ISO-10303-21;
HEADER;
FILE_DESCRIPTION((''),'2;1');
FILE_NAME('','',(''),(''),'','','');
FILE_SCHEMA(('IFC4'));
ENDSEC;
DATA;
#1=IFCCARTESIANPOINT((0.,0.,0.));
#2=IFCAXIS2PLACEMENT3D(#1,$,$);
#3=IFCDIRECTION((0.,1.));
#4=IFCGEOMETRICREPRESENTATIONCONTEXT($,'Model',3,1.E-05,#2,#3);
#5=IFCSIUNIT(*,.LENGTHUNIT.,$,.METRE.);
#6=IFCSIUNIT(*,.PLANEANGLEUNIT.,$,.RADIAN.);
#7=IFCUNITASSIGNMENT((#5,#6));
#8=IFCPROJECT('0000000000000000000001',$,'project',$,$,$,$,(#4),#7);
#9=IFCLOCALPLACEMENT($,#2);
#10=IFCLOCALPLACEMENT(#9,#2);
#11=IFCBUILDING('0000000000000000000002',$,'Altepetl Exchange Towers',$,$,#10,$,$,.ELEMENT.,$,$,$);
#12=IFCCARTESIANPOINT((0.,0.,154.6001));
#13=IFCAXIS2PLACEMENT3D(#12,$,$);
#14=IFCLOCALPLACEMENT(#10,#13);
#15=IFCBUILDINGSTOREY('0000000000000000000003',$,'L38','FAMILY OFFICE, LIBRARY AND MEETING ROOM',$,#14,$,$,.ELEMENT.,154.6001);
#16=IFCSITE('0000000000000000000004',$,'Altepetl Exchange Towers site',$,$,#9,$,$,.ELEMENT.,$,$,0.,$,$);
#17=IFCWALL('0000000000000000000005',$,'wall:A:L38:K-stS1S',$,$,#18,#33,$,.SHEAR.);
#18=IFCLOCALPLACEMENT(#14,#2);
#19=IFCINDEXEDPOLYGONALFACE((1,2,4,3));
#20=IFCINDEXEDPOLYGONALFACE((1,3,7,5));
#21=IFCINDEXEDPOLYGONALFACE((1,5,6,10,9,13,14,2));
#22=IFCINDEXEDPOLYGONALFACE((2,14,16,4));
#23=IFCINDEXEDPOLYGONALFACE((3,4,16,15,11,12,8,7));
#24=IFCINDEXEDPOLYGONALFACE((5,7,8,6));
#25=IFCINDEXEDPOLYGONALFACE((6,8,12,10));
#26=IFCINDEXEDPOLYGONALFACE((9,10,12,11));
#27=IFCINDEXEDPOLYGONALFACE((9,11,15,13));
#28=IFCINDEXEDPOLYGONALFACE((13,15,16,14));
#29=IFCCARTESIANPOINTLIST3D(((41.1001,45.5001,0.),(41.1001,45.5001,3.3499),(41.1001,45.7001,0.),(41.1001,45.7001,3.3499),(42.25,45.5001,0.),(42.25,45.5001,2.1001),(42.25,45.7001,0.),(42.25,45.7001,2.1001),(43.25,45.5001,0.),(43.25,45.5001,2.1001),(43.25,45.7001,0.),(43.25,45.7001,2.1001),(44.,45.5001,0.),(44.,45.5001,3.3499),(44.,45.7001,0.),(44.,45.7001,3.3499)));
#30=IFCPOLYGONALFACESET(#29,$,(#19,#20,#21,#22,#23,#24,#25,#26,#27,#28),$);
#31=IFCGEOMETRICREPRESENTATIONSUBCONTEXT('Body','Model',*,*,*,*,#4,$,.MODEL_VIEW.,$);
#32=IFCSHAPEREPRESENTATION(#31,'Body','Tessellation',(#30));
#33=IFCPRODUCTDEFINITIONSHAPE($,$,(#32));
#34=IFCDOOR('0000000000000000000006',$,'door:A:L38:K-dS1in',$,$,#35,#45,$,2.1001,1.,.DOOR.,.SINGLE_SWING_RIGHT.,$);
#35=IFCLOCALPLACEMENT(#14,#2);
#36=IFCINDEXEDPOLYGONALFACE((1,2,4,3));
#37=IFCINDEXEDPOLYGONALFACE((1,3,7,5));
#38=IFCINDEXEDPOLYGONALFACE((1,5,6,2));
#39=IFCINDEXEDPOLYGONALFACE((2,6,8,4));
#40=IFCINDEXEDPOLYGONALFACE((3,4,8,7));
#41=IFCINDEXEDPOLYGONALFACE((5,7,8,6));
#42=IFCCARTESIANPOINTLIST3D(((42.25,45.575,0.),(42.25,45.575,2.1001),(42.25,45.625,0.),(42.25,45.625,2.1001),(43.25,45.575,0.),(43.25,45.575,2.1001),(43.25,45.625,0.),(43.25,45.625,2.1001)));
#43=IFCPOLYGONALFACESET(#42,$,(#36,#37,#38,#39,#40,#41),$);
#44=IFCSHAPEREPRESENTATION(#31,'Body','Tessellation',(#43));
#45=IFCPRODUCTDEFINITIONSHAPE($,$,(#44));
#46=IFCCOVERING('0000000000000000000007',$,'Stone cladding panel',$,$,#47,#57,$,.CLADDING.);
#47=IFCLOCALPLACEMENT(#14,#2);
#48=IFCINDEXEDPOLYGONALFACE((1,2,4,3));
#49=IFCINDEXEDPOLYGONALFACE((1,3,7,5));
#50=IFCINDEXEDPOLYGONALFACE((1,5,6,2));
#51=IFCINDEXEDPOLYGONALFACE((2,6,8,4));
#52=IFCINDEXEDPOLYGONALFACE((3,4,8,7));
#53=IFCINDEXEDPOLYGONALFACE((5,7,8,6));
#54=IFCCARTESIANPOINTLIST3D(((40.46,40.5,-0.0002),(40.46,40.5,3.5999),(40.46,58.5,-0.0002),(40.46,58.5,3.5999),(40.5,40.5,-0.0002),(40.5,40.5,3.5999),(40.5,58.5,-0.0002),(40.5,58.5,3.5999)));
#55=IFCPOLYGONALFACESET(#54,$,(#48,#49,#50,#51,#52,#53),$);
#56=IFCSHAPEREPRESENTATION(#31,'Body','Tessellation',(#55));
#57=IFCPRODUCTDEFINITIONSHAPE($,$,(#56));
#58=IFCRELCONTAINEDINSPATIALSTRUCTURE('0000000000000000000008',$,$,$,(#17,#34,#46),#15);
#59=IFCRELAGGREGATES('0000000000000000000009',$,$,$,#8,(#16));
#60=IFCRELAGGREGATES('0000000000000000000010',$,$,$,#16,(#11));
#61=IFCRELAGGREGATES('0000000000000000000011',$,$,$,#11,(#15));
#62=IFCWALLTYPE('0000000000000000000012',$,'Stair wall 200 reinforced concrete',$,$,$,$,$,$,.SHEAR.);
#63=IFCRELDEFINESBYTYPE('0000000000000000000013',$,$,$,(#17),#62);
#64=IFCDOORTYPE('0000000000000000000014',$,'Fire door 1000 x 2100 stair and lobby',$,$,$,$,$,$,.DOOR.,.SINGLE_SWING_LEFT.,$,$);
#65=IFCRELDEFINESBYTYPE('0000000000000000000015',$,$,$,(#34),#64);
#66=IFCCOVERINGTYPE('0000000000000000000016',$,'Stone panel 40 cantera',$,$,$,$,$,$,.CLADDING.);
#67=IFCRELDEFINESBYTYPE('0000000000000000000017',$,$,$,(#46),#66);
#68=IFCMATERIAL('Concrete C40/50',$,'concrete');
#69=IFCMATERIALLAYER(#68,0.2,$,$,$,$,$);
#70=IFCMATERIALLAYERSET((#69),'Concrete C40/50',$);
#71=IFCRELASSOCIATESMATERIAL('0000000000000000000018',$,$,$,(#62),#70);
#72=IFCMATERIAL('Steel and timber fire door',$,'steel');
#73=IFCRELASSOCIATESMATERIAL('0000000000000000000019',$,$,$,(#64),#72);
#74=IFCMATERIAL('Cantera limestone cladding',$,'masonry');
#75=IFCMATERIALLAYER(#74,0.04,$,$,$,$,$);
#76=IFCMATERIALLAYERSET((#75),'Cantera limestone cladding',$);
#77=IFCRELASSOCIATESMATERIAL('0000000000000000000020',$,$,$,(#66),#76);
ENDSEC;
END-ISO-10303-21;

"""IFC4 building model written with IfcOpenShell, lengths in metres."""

from ifc_helpers import new_model, si_unit, direction, frame, frame_2d, origin, origin_2d, place, context, subcontext, project, spatial, rectangle, extrude, material, layer, layer_set, type_object, element, fill, save


model = new_model("IFC4")

# Units and contexts
model_context = context("Model", 3, precision=1e-05, world=origin(), true_north=direction((0.0, 1.0)))
body_context = subcontext(model_context, "Body", "Model", "MODEL_VIEW")
ifc_project = project(units=[si_unit("LENGTHUNIT", "METRE"), si_unit("PLANEANGLEUNIT", "RADIAN")], contexts=[model_context])

# Site, building, storey
site_placement = place(None, origin())
site = spatial("IfcSite", under=ifc_project, at=site_placement, Name="Altepetl Exchange Towers site", CompositionType="ELEMENT", RefElevation=0.0)
building_placement = place(site_placement, origin())
building = spatial("IfcBuilding", under=site, at=building_placement, Name="Altepetl Exchange Towers", CompositionType="ELEMENT")
storey_placement = place(building_placement, frame((0.0, 0.0, 154.6001)))
storey = spatial("IfcBuildingStorey", under=building, at=storey_placement, Name="L38", Description="FAMILY OFFICE, LIBRARY AND MEETING ROOM", CompositionType="ELEMENT", Elevation=154.6001)

# Shared definitions
ifc_material_1 = material(Name="Concrete C40/50", Category="concrete")
ifc_material_2 = material(Name="Steel and timber fire door", Category="steel")

# Shared definitions
ifc_layer_1 = layer(ifc_material_1, 0.2)
ifc_layer_set_1 = layer_set([ifc_layer_1], Name="Concrete C40/50")
wall_type_1 = type_object("IfcWallType", Name="Stair wall 200 reinforced concrete", PredefinedType="SHEAR", material=ifc_layer_set_1)

# Wall, opening, door
wall_1_placement = place(storey_placement, frame((41.1001, 45.6001, 0.0)))
wall_1 = element("IfcWall", 1, at=wall_1_placement, inside=storey, type_object=wall_type_1, Name="wall:A:L38:K-stS1S", PredefinedType="SHEAR", context=body_context, shape_type="SweptSolid", body=[
    extrude(rectangle(XDim=2.8999, YDim=0.2, at=frame_2d((1.45, 0.0))), origin(), (0.0, 0.0, 1.0), 3.3499),
])
opening_1_placement = place(wall_1_placement, frame((1.1499, 0.0, 0.0)))
opening_1 = element("IfcOpeningElement", 2, at=opening_1_placement, cuts=wall_1, PredefinedType="OPENING", context=body_context, shape_type="SweptSolid", body=[
    extrude(rectangle(XDim=1.0, YDim=2.1001, at=frame_2d((0.5, 1.05))), frame((0.0, 0.1099, 0.0), z_axis=(0.0, -1.0, 0.0), x_axis=(1.0, 0.0, 0.0)), (0.0, 0.0, 1.0), 0.22),
])
door_type_1 = type_object("IfcDoorType", Name="Fire door 1000 x 2100 stair and lobby", OperationType="SINGLE_SWING_LEFT", PredefinedType="DOOR", material=ifc_material_2)
door_1_placement = place(opening_1_placement, origin())
door_1 = element("IfcDoor", 3, at=door_1_placement, inside=storey, type_object=door_type_1, Name="door:A:L38:K-dS1in", OperationType="SINGLE_SWING_RIGHT", OverallHeight=2.1001, OverallWidth=1.0, PredefinedType="DOOR", context=body_context, shape_type="SweptSolid", body=[
    extrude(rectangle(XDim=1.0, YDim=2.1001, at=frame_2d((0.5, 1.05))), frame((0.0, 0.0249, 0.0), z_axis=(0.0, -1.0, 0.0), x_axis=(1.0, 0.0, 0.0)), (0.0, 0.0, 1.0), 0.05),
])
fill(opening_1, door_1)

# Covering
ifc_material_3 = material(Name="Cantera limestone cladding", Category="masonry")
ifc_layer_2 = layer(ifc_material_3, 0.04)
ifc_layer_set_2 = layer_set([ifc_layer_2], Name="Cantera limestone cladding")
covering_type = type_object("IfcCoveringType", Name="Stone panel 40 cantera", PredefinedType="CLADDING", material=ifc_layer_set_2)
covering_placement = place(storey_placement, frame((40.48, 49.5, -0.0002), z_axis=(0.0, 0.0, 1.0), x_axis=(0.0, -1.0, 0.0)))
element("IfcCovering", 4, at=covering_placement, inside=storey, type_object=covering_type, Name="Stone cladding panel", PredefinedType="CLADDING", context=body_context, shape_type="SweptSolid", body=[
    extrude(rectangle(XDim=18.0, YDim=0.04, at=origin_2d()), origin(), (0.0, 0.0, 1.0), 3.6001),
])

save(model, "model.ifc")
